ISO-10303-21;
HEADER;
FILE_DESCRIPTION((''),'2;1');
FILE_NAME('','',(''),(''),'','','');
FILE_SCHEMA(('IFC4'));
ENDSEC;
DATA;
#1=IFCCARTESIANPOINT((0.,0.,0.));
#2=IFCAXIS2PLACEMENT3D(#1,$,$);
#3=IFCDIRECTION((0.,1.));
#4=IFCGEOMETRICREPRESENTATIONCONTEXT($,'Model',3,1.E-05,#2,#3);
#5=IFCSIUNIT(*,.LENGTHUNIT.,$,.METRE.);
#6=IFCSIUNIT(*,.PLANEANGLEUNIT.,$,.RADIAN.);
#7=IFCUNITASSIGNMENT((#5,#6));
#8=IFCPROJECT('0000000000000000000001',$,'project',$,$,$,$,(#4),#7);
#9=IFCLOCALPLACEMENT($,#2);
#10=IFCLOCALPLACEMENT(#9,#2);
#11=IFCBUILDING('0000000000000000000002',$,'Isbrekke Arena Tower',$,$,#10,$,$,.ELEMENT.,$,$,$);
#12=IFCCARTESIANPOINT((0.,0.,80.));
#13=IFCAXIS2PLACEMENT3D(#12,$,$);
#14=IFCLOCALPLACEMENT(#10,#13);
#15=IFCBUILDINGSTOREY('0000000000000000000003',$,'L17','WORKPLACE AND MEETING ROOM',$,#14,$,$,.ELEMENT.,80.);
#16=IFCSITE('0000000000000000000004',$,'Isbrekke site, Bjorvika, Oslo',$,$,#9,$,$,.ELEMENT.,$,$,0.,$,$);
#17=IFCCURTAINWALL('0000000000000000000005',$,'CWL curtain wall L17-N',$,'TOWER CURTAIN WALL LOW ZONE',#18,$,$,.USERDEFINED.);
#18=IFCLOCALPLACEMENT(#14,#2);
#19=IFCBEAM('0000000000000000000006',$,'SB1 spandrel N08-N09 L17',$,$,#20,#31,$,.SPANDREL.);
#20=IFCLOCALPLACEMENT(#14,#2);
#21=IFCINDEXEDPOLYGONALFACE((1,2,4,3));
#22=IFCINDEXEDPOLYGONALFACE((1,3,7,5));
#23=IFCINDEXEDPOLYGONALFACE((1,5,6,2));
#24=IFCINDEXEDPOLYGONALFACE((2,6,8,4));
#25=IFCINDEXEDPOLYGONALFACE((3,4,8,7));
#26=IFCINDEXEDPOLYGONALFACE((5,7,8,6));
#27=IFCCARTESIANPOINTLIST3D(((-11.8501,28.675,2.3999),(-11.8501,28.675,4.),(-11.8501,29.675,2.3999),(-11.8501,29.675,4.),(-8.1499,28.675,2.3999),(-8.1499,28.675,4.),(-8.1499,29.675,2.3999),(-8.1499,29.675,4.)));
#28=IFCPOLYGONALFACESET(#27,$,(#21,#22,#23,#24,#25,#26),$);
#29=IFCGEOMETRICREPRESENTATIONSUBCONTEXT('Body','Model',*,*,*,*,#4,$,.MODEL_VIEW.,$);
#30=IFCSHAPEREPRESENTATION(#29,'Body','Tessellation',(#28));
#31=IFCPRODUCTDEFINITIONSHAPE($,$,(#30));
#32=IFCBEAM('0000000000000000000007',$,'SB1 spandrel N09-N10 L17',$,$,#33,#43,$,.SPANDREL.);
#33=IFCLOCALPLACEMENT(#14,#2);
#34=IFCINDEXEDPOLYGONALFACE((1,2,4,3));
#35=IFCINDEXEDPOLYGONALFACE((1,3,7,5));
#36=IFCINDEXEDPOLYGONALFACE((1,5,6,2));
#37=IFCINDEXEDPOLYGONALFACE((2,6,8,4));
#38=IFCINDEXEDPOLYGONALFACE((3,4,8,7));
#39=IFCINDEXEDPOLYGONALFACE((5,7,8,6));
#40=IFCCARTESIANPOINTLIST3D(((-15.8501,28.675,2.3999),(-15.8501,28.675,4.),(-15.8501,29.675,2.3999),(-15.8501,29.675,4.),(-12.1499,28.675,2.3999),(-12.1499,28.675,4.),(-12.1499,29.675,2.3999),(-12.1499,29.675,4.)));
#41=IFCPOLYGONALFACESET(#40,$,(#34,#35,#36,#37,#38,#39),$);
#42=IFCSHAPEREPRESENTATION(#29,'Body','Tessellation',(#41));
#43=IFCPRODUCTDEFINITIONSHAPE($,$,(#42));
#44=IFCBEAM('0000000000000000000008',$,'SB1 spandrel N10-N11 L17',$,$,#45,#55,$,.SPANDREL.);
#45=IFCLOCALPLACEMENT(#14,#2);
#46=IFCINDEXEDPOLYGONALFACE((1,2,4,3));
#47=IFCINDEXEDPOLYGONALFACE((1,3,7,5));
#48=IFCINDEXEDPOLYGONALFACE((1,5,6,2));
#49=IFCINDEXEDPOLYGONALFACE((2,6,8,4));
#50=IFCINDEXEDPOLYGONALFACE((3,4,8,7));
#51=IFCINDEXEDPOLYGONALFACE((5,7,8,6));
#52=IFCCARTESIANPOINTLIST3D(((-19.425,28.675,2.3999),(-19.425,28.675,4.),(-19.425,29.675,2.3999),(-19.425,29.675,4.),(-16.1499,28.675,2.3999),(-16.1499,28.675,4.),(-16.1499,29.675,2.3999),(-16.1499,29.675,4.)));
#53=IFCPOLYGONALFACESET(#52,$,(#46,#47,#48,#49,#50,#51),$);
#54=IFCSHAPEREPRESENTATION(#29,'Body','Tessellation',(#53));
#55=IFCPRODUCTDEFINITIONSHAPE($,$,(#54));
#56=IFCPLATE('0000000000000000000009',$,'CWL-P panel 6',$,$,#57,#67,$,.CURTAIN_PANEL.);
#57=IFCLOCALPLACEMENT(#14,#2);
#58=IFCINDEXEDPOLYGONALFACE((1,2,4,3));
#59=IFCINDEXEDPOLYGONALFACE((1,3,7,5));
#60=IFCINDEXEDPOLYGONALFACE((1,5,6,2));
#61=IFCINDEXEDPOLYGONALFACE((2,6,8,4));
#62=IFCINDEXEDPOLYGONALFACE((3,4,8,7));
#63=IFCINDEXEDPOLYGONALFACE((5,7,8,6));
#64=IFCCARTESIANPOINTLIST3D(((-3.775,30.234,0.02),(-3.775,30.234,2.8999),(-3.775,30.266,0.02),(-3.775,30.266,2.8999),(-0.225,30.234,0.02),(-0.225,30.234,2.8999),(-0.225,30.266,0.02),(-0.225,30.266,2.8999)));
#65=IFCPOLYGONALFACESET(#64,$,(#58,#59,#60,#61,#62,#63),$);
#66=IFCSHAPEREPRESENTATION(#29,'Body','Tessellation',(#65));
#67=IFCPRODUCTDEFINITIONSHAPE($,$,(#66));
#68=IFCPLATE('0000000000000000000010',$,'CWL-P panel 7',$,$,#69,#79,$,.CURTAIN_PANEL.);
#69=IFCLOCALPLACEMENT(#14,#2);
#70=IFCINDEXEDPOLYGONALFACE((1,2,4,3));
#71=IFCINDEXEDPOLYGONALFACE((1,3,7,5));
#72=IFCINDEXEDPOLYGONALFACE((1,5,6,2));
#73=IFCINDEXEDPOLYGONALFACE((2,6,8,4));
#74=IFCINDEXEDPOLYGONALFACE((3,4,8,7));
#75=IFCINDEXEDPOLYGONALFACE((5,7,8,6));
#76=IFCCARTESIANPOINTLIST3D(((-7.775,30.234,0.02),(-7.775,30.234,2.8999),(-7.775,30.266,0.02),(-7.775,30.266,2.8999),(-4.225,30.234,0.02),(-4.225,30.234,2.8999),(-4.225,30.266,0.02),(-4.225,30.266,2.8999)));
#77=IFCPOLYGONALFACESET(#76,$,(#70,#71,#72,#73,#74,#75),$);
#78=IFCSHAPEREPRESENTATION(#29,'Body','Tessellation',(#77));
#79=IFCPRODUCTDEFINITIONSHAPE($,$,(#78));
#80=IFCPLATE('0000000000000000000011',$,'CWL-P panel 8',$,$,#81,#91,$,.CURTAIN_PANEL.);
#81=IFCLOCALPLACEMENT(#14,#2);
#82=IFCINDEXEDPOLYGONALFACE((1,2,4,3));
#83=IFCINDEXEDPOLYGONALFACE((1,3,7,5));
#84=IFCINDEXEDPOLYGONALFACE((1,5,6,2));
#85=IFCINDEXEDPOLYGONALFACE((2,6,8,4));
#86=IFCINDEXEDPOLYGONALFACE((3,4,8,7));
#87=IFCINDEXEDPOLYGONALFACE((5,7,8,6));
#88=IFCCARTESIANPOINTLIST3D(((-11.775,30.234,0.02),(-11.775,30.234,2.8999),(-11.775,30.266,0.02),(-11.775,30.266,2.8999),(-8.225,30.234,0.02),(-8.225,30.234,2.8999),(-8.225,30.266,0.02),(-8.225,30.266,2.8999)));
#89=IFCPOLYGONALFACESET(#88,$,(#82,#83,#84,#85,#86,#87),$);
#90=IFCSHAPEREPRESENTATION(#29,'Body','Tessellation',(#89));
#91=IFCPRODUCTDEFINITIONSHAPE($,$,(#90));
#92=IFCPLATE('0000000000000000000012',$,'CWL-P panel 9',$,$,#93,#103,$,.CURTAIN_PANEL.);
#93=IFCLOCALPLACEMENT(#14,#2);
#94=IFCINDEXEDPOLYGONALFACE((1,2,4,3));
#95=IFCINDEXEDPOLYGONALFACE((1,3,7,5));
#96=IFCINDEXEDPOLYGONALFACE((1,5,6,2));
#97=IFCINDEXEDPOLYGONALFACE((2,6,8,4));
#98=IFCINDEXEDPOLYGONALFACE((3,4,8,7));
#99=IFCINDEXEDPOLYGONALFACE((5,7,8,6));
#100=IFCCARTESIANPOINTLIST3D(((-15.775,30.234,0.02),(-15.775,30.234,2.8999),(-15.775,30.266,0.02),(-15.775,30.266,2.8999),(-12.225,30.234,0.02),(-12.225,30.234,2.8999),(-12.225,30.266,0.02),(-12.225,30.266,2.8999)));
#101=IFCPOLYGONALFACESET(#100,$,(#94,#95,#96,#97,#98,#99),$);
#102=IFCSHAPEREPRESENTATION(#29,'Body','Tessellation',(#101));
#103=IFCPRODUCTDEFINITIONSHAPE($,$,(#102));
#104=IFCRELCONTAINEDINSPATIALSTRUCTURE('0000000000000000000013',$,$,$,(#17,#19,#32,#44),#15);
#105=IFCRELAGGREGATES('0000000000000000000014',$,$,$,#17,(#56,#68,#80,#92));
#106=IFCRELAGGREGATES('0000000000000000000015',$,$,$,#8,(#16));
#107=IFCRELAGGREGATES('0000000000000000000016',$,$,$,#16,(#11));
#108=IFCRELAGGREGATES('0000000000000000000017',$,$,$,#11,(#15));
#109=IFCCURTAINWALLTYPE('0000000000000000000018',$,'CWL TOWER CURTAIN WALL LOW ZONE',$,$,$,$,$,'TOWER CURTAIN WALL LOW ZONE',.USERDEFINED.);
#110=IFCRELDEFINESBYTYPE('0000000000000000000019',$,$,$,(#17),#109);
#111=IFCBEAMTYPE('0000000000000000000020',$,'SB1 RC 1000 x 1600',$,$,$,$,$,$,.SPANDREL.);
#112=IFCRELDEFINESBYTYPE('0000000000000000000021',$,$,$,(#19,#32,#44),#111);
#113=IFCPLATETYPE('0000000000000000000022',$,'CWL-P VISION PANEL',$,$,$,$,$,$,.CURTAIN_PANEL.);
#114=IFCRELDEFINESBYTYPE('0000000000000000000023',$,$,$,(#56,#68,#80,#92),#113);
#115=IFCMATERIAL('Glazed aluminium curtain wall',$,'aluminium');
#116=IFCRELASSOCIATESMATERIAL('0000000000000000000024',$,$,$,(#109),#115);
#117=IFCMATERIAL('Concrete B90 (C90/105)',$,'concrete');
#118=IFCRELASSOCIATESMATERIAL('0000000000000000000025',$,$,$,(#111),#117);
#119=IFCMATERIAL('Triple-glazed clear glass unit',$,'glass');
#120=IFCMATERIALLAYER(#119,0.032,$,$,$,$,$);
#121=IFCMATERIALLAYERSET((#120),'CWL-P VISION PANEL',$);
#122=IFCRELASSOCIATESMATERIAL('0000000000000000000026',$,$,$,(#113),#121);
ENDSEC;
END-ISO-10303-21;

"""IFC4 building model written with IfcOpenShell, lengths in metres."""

from ifc_helpers import new_model, si_unit, direction, frame, origin, origin_2d, place, context, subcontext, project, spatial, rectangle, extrude, material, layer, layer_set, material_profile, profile_set, type_object, element, aggregate, save


model = new_model("IFC4")

# Units and contexts
model_context = context("Model", 3, precision=1e-05, world=origin(), true_north=direction((0.0, 1.0)))
body_context = subcontext(model_context, "Body", "Model", "MODEL_VIEW")
ifc_project = project(units=[si_unit("LENGTHUNIT", "METRE"), si_unit("PLANEANGLEUNIT", "RADIAN")], contexts=[model_context])

# Site, building, storey
site_placement = place(None, origin())
site = spatial("IfcSite", under=ifc_project, at=site_placement, Name="Isbrekke site, Bjorvika, Oslo", CompositionType="ELEMENT", RefElevation=0.0)
building_placement = place(site_placement, origin())
building = spatial("IfcBuilding", under=site, at=building_placement, Name="Isbrekke Arena Tower", CompositionType="ELEMENT")
storey_placement = place(building_placement, frame((0.0, 0.0, 80.0)))
storey = spatial("IfcBuildingStorey", under=building, at=storey_placement, Name="L17", Description="WORKPLACE AND MEETING ROOM", CompositionType="ELEMENT", Elevation=80.0)

# Curtain wall
ifc_material_1 = material(Name="Glazed aluminium curtain wall", Category="aluminium")
curtain_wall_type = type_object("IfcCurtainWallType", Name="CWL TOWER CURTAIN WALL LOW ZONE", ElementType="TOWER CURTAIN WALL LOW ZONE", PredefinedType="USERDEFINED", material=ifc_material_1)
curtain_wall_placement = place(storey_placement, origin())
curtain_wall = element("IfcCurtainWall", 1, at=curtain_wall_placement, inside=storey, type_object=curtain_wall_type, Name="CWL curtain wall L17-N", ObjectType="TOWER CURTAIN WALL LOW ZONE", PredefinedType="USERDEFINED")

# Beams
ifc_material_2 = material(Name="Concrete B90 (C90/105)", Category="concrete")
ifc_material_profile_1 = material_profile(ifc_material_2, rectangle(XDim=1.0, YDim=1.6001, at=origin_2d()), Name="RC 1000x1600")
ifc_profile_set_1 = profile_set([ifc_material_profile_1], Name="Concrete B90 (C90/105)")
beam_type_1 = type_object("IfcBeamType", Name="SB1 RC 1000 x 1600", PredefinedType="SPANDREL", material=ifc_profile_set_1)
for number, where, z_axis, x_axis, name in (
    (2, (-8.1499, 29.175, 3.2), (-1.0, 0.0, 0.0), (0.0, -1.0, 0.0), "SB1 spandrel N08-N09 L17"),
    (3, (-12.1499, 29.175, 3.2), (-1.0, 0.0, 0.0), (0.0, -1.0, 0.0), "SB1 spandrel N09-N10 L17"),
):
    element("IfcBeam", number, at=place(storey_placement, frame(where, z_axis=z_axis, x_axis=x_axis)), inside=storey, type_object=beam_type_1, Name=name, PredefinedType="SPANDREL", context=body_context, shape_type="SweptSolid", body=[
        extrude(rectangle(XDim=1.0, YDim=1.6001, at=origin_2d()), origin(), (0.0, 0.0, 1.0), 3.7002),
    ])
beam_1_placement = place(storey_placement, frame((-16.1499, 29.175, 3.2), z_axis=(-1.0, 0.0, 0.0), x_axis=(0.0, -1.0, 0.0)))
element("IfcBeam", 4, at=beam_1_placement, inside=storey, type_object=beam_type_1, Name="SB1 spandrel N10-N11 L17", PredefinedType="SPANDREL", context=body_context, shape_type="SweptSolid", body=[
    extrude(rectangle(XDim=1.0, YDim=1.6001, at=origin_2d()), origin(), (0.0, 0.0, 1.0), 3.2751),
])

# Plates
ifc_material_3 = material(Name="Triple-glazed clear glass unit", Category="glass")
ifc_layer = layer(ifc_material_3, 0.032)
ifc_layer_set = layer_set([ifc_layer], Name="CWL-P VISION PANEL")
plate_type = type_object("IfcPlateType", Name="CWL-P VISION PANEL", PredefinedType="CURTAIN_PANEL", material=ifc_layer_set)
plate_1_placement = place(storey_placement, frame((-2.0, 30.25, 0.02), z_axis=(0.0, 0.0, 1.0), x_axis=(-1.0, 0.0, 0.0)))
plate_1 = element("IfcPlate", 5, at=plate_1_placement, type_object=plate_type, Name="CWL-P panel 6", PredefinedType="CURTAIN_PANEL", context=body_context, shape_type="SweptSolid", body=[
    extrude(rectangle(XDim=3.55, YDim=0.032, at=origin_2d()), origin(), (0.0, 0.0, 1.0), 2.8799),
])
plate_2_placement = place(storey_placement, frame((-6.0, 30.25, 0.02), z_axis=(0.0, 0.0, 1.0), x_axis=(-1.0, 0.0, 0.0)))
plate_2 = element("IfcPlate", 6, at=plate_2_placement, type_object=plate_type, Name="CWL-P panel 7", PredefinedType="CURTAIN_PANEL", context=body_context, shape_type="SweptSolid", body=[
    extrude(rectangle(XDim=3.55, YDim=0.032, at=origin_2d()), origin(), (0.0, 0.0, 1.0), 2.8799),
])
plate_3_placement = place(storey_placement, frame((-10.0, 30.25, 0.02), z_axis=(0.0, 0.0, 1.0), x_axis=(-1.0, 0.0, 0.0)))
plate_3 = element("IfcPlate", 7, at=plate_3_placement, type_object=plate_type, Name="CWL-P panel 8", PredefinedType="CURTAIN_PANEL", context=body_context, shape_type="SweptSolid", body=[
    extrude(rectangle(XDim=3.55, YDim=0.032, at=origin_2d()), origin(), (0.0, 0.0, 1.0), 2.8799),
])
plate_4_placement = place(storey_placement, frame((-14.0, 30.25, 0.02), z_axis=(0.0, 0.0, 1.0), x_axis=(-1.0, 0.0, 0.0)))
plate_4 = element("IfcPlate", 8, at=plate_4_placement, type_object=plate_type, Name="CWL-P panel 9", PredefinedType="CURTAIN_PANEL", context=body_context, shape_type="SweptSolid", body=[
    extrude(rectangle(XDim=3.55, YDim=0.032, at=origin_2d()), origin(), (0.0, 0.0, 1.0), 2.8799),
])
aggregate(curtain_wall, [plate_1, plate_2, plate_3, plate_4])

save(model, "model.ifc")
